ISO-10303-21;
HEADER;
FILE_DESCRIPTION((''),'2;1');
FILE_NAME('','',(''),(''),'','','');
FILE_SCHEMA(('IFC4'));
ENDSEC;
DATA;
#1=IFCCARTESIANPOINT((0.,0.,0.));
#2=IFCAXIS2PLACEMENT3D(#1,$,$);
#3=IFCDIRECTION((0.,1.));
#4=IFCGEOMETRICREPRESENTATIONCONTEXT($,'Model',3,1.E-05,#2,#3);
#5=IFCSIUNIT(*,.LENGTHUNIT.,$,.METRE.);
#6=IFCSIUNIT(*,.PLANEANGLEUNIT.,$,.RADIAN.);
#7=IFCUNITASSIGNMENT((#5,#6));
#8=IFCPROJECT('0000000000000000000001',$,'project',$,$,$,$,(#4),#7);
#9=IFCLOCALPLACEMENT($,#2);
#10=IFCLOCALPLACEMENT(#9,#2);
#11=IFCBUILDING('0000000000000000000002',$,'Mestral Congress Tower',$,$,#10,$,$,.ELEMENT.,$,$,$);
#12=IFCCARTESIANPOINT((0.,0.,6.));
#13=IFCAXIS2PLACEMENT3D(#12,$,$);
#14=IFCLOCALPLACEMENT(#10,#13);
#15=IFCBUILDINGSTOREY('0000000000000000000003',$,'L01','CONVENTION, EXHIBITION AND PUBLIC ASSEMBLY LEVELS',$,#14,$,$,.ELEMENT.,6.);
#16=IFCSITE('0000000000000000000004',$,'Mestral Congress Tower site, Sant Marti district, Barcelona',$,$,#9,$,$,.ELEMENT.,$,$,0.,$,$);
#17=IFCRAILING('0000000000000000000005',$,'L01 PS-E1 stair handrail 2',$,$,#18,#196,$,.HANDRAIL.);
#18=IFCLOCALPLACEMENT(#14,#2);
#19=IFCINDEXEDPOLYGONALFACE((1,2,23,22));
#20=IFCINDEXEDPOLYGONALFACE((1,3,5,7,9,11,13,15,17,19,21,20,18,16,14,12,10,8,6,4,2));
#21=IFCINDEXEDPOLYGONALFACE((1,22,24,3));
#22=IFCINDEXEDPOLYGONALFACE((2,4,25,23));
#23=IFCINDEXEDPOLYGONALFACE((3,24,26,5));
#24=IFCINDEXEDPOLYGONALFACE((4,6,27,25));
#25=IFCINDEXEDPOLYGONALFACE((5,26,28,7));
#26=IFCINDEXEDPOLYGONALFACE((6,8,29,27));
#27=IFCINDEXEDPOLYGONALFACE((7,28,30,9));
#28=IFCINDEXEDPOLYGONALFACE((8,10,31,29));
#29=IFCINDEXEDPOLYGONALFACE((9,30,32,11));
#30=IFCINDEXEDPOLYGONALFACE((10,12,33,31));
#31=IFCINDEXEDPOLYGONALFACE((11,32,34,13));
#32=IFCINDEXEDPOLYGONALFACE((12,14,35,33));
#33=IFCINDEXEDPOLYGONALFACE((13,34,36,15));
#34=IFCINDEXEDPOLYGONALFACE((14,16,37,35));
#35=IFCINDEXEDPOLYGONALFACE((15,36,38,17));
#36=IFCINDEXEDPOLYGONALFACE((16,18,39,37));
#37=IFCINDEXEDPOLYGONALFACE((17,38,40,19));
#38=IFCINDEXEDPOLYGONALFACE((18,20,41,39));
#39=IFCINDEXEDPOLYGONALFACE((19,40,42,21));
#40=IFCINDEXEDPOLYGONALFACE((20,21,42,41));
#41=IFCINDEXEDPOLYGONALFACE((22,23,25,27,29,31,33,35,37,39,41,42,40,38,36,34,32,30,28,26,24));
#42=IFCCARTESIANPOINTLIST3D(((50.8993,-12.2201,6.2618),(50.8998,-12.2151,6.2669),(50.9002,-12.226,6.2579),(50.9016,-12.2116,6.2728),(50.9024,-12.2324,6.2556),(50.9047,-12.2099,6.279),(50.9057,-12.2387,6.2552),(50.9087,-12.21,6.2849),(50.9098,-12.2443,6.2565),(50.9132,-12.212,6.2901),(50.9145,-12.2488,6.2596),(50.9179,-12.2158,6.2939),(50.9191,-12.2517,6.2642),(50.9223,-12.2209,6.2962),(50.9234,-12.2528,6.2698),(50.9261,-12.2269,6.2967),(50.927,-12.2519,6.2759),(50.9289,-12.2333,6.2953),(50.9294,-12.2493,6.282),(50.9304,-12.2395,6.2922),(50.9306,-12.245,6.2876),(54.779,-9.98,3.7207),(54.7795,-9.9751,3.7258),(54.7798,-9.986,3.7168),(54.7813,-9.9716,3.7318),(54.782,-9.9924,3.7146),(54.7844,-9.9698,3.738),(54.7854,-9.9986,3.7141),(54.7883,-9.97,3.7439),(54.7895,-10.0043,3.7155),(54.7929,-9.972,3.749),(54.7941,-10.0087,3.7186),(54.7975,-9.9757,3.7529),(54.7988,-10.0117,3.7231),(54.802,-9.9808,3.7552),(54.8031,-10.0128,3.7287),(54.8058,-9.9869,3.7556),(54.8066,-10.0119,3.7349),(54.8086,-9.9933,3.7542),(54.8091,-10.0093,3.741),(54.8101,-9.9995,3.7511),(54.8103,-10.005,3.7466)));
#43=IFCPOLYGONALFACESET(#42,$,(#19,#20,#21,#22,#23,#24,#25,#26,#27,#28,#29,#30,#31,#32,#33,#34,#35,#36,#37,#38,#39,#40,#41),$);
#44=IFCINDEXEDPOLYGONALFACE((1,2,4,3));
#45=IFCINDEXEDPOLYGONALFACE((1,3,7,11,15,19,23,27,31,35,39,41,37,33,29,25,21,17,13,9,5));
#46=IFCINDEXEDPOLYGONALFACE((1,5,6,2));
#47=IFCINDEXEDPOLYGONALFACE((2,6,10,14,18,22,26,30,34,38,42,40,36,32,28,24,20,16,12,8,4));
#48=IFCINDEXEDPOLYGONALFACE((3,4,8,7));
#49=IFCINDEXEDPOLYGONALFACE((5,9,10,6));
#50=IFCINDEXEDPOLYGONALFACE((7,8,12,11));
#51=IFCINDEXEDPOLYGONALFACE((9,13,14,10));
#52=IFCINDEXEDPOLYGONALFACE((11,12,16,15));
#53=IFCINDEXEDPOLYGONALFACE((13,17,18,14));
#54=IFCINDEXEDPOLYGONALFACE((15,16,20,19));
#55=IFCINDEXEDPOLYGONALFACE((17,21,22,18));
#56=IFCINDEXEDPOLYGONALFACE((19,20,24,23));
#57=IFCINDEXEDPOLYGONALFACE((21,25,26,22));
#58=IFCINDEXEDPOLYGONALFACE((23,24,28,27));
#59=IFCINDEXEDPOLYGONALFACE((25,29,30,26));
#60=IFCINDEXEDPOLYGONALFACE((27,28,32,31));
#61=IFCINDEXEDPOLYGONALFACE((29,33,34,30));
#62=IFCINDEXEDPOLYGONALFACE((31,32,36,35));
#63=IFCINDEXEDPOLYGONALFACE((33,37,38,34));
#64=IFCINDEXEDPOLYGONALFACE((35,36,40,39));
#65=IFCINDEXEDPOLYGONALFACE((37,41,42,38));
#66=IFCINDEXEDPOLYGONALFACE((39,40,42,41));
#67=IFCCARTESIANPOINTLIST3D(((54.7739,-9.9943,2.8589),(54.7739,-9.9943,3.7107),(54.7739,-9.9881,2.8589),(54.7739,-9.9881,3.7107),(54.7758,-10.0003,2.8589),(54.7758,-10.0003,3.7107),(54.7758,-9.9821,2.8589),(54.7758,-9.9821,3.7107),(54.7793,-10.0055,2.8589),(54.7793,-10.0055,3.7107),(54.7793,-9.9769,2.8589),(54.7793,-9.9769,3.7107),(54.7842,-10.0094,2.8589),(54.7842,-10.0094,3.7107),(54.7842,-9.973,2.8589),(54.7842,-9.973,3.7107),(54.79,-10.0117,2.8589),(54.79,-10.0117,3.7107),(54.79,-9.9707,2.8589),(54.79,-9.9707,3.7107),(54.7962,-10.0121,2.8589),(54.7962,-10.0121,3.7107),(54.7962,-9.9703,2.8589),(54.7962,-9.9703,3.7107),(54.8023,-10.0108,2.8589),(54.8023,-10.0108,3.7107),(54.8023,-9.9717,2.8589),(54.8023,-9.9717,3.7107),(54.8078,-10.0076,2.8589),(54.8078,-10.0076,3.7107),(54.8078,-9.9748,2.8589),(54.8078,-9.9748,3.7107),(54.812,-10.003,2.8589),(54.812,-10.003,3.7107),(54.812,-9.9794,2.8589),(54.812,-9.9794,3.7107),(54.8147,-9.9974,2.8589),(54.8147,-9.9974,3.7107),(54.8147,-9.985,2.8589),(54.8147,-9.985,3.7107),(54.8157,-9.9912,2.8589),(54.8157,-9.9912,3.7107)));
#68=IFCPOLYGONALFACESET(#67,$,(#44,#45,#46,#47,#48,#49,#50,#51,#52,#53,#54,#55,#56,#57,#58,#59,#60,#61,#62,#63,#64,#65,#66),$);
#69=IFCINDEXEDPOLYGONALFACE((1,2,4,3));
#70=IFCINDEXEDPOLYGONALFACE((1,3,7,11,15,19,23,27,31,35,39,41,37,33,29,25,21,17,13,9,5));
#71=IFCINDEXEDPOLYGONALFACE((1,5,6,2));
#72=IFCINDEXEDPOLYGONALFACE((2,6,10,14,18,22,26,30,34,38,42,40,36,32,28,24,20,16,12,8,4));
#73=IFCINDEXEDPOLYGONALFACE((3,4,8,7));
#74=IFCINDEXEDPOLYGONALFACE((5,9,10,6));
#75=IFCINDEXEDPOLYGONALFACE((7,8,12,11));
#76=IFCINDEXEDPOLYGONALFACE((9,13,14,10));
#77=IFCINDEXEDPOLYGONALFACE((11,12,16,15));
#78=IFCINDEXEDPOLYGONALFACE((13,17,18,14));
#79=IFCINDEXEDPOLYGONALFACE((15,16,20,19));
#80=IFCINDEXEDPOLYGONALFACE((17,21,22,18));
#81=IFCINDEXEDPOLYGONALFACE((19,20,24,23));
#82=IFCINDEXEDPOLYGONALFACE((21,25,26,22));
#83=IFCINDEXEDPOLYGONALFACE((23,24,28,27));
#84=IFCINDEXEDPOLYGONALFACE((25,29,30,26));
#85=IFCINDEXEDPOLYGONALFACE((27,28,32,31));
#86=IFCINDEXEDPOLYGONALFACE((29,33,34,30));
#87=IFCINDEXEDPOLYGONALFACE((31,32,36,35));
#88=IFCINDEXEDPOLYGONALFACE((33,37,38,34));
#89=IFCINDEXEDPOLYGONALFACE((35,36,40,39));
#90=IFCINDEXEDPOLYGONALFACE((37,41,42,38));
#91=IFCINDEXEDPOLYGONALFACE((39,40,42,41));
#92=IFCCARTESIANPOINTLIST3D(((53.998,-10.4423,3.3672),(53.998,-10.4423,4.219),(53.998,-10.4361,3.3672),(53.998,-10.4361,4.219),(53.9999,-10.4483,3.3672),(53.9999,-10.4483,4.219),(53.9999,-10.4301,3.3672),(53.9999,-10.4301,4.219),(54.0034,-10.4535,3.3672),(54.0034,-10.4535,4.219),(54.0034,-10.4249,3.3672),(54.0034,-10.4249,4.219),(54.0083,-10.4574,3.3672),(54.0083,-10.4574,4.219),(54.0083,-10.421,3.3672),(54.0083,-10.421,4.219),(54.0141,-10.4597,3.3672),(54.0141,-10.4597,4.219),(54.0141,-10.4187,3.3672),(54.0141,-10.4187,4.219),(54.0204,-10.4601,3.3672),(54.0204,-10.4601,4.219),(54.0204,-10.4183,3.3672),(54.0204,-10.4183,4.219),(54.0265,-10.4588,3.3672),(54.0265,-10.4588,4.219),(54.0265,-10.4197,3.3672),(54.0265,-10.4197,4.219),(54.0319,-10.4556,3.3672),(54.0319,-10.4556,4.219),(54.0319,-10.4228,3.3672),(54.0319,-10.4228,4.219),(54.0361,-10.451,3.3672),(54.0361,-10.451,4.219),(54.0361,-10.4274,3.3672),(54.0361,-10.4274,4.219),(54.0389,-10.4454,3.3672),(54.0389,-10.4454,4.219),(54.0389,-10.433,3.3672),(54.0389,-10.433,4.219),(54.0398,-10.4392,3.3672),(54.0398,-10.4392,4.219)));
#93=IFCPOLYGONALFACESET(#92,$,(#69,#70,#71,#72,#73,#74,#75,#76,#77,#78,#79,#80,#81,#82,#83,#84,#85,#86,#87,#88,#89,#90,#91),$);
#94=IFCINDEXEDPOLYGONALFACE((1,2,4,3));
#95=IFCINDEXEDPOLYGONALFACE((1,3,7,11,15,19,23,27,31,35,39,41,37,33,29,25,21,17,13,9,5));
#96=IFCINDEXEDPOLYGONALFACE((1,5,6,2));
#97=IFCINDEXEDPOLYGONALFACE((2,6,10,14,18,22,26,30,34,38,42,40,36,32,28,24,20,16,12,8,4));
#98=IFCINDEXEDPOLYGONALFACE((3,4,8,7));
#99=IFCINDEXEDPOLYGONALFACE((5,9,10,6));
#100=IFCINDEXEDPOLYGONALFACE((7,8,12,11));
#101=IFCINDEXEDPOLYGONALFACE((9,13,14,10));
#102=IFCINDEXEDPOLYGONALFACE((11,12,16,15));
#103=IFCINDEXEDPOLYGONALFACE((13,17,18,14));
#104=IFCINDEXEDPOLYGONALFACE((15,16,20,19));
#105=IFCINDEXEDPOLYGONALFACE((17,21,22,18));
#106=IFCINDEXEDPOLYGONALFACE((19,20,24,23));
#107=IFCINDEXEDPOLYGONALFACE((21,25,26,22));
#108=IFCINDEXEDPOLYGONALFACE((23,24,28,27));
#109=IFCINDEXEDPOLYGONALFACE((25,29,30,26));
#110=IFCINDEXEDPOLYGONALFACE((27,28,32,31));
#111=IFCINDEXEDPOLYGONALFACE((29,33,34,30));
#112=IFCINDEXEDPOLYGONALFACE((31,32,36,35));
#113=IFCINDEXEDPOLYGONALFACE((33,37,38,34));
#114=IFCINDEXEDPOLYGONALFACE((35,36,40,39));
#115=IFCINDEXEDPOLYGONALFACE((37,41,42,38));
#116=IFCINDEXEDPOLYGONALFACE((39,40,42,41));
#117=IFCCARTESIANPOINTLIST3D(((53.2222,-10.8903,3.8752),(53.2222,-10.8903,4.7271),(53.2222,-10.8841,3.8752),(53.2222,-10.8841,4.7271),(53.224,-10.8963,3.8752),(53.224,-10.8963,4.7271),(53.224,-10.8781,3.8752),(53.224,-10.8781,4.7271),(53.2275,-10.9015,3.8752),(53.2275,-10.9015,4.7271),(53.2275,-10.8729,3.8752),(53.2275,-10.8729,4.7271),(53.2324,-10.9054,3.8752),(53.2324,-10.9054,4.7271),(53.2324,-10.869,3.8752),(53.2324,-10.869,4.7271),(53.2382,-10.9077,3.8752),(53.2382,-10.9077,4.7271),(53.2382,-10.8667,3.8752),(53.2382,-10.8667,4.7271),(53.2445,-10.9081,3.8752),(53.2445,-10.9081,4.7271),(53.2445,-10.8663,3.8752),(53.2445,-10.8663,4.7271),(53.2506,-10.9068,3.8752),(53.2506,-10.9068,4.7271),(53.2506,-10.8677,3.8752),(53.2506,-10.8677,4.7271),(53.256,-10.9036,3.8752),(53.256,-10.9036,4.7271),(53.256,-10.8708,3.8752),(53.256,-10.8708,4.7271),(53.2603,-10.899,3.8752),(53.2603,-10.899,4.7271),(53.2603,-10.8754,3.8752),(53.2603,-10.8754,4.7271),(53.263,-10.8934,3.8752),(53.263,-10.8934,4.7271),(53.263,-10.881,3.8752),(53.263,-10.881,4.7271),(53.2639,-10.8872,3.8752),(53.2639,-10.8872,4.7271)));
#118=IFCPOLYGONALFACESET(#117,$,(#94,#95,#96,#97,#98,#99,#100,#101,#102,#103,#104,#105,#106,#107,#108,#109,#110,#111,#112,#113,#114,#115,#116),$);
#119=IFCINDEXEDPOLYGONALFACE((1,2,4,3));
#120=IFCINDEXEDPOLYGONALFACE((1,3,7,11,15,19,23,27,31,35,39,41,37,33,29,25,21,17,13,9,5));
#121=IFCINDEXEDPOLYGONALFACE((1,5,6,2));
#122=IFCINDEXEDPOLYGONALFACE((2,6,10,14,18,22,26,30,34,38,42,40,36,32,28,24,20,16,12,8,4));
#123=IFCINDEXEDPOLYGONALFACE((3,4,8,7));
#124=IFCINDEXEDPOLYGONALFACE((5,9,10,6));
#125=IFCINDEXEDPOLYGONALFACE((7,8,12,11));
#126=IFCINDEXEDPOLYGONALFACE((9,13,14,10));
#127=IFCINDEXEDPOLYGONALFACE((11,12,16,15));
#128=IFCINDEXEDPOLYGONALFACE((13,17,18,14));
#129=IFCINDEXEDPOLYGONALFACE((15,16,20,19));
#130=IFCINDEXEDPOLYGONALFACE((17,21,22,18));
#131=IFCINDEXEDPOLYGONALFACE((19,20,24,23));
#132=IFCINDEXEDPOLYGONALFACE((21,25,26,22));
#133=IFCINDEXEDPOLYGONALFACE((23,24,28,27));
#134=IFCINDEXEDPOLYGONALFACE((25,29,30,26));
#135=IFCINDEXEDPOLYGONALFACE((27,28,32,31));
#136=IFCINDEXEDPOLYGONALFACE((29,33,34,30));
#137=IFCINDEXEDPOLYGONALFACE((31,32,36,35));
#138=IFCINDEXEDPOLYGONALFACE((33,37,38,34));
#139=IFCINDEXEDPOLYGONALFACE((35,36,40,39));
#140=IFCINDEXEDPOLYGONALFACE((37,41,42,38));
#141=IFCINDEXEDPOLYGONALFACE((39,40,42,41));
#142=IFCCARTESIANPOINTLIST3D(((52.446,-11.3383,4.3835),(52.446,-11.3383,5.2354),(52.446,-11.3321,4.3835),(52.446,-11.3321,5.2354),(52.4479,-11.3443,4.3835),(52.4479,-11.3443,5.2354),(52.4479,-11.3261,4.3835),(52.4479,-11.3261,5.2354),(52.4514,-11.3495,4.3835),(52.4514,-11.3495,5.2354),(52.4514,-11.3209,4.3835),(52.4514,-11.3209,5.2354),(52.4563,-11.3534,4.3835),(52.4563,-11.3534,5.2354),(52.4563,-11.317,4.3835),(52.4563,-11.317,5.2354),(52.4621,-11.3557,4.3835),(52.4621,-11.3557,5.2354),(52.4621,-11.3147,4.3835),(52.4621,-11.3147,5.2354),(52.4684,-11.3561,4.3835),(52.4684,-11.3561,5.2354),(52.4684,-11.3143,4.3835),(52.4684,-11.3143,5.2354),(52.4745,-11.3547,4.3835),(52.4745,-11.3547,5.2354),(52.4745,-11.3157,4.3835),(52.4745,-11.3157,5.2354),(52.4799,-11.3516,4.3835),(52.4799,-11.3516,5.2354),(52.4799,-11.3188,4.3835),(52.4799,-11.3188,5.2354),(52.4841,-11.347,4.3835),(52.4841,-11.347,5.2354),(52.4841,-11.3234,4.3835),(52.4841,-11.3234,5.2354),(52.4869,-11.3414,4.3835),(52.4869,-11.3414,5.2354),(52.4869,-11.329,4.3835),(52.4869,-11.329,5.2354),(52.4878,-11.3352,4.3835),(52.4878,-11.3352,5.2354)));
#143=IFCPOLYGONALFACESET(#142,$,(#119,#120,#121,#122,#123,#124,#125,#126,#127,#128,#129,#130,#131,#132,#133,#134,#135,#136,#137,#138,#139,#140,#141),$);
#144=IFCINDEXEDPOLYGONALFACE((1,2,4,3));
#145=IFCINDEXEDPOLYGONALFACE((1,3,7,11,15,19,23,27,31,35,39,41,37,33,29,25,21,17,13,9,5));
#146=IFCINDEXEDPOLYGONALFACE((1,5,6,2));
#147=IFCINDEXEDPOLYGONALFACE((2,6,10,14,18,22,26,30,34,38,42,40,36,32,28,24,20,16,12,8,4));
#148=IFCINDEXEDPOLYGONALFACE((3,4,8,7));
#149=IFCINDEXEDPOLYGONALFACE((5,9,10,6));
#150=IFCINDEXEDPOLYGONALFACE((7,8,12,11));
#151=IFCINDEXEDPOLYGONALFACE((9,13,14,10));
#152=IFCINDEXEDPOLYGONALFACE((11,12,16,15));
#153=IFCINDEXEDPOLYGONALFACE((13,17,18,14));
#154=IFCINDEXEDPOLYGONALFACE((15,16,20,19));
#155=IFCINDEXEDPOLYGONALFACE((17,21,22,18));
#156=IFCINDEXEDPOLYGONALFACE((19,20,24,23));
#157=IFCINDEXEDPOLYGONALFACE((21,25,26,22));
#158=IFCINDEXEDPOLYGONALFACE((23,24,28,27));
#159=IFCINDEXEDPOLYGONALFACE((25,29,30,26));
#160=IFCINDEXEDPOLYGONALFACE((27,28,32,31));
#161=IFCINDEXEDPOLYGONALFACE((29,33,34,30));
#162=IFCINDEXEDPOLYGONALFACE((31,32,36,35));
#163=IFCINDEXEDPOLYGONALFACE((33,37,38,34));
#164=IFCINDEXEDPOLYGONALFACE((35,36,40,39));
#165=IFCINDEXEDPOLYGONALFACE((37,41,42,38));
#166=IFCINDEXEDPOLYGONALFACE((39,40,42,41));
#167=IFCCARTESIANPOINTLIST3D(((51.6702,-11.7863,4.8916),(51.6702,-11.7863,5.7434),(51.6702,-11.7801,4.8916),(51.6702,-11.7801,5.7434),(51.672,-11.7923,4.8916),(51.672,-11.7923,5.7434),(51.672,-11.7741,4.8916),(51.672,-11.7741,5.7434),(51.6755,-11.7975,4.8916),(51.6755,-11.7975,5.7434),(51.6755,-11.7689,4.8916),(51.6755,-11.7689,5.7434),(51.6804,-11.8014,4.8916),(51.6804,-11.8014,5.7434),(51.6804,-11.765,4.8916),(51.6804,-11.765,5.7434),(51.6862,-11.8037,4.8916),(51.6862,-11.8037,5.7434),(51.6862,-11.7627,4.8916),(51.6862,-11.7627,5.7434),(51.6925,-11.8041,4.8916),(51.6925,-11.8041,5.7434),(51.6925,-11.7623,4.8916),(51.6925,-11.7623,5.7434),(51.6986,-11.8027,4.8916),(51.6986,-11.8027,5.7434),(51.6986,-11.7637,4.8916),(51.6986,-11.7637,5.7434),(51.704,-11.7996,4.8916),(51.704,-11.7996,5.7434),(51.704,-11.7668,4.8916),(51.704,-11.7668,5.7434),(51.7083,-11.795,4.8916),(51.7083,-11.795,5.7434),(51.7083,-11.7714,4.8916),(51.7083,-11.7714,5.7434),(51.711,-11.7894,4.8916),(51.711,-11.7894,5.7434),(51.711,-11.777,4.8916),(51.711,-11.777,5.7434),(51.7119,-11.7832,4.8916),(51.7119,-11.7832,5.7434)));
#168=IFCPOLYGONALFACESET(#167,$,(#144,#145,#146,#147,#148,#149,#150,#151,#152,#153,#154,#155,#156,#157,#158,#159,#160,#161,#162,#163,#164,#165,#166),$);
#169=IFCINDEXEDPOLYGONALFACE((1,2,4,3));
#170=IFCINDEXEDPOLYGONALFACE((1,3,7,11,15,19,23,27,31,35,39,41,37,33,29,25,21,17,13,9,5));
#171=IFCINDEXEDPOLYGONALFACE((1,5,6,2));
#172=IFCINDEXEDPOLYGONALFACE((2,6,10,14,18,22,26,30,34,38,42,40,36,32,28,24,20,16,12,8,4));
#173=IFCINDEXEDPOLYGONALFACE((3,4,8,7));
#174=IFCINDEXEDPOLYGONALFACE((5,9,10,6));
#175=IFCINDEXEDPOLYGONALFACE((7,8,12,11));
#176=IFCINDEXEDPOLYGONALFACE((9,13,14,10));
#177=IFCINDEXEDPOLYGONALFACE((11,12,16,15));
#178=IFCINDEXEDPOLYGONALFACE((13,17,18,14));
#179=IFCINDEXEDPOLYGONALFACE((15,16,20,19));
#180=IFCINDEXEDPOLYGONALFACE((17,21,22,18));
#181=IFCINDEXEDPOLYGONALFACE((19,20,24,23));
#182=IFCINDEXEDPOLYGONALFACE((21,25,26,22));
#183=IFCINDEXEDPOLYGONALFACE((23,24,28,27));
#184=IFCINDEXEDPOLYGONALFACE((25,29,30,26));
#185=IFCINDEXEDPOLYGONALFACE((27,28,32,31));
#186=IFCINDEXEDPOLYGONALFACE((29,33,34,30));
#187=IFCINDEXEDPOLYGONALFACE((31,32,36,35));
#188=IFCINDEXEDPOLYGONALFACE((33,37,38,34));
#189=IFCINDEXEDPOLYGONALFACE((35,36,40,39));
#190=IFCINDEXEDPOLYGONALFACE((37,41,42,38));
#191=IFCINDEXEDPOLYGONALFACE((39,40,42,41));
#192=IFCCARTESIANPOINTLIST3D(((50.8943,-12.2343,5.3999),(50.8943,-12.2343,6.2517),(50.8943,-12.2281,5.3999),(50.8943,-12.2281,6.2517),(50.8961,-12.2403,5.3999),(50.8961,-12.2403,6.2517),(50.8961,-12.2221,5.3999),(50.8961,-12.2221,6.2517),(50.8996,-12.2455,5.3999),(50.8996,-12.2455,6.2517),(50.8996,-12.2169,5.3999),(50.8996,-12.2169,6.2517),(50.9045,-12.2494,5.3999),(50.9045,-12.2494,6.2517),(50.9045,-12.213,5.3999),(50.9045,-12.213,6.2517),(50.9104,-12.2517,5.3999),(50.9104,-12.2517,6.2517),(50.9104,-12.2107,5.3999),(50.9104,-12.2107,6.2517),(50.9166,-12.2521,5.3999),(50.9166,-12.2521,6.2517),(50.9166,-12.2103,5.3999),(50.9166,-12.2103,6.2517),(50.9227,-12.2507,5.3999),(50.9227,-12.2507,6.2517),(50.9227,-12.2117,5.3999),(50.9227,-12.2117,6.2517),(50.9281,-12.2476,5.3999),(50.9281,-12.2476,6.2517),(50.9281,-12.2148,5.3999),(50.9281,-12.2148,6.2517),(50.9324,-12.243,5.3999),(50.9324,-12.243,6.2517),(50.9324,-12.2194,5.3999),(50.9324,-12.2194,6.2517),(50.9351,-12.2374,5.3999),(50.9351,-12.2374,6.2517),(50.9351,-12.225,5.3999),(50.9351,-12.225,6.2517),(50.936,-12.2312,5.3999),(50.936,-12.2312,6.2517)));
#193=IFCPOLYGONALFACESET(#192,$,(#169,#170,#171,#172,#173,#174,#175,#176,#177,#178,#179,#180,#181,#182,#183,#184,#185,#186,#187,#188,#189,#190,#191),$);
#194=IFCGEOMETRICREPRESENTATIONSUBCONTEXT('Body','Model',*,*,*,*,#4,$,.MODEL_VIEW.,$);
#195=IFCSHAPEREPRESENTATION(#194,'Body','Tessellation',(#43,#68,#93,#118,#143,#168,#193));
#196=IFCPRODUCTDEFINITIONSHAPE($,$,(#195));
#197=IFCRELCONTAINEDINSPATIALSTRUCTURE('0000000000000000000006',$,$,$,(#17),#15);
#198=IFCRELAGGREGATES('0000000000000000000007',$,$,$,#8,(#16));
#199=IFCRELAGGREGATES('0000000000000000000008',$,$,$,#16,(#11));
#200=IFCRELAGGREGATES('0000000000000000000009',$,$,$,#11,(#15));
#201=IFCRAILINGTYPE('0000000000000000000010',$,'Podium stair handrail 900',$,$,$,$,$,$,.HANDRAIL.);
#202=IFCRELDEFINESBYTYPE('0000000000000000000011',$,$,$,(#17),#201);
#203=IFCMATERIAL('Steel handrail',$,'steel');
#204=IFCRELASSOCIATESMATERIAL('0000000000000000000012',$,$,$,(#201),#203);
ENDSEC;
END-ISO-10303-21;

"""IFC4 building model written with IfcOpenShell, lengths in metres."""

from ifc_helpers import new_model, si_unit, direction, frame, origin, origin_2d, place, context, subcontext, project, spatial, circle, extrude, material, type_object, element, save


model = new_model("IFC4")

# Units and contexts
model_context = context("Model", 3, precision=1e-05, world=origin(), true_north=direction((0.0, 1.0)))
body_context = subcontext(model_context, "Body", "Model", "MODEL_VIEW")
ifc_project = project(units=[si_unit("LENGTHUNIT", "METRE"), si_unit("PLANEANGLEUNIT", "RADIAN")], contexts=[model_context])

# Site, building, storey
site_placement = place(None, origin())
site = spatial("IfcSite", under=ifc_project, at=site_placement, Name="Mestral Congress Tower site, Sant Marti district, Barcelona", CompositionType="ELEMENT", RefElevation=0.0)
building_placement = place(site_placement, origin())
building = spatial("IfcBuilding", under=site, at=building_placement, Name="Mestral Congress Tower", CompositionType="ELEMENT")
storey_placement = place(building_placement, frame((0.0, 0.0, 6.0)))
storey = spatial("IfcBuildingStorey", under=building, at=storey_placement, Name="L01", Description="CONVENTION, EXHIBITION AND PUBLIC ASSEMBLY LEVELS", CompositionType="ELEMENT", Elevation=6.0)

# Railing
ifc_material_1 = material(Name="Steel handrail", Category="steel")
railing_type_1 = type_object("IfcRailingType", Name="Podium stair handrail 900", PredefinedType="HANDRAIL", material=ifc_material_1)
railing_1_placement = place(storey_placement, frame((54.7947, -9.9912, 2.8589)))
element("IfcRailing", 1, at=railing_1_placement, inside=storey, type_object=railing_type_1, Name="L01 PS-E1 stair handrail 2", PredefinedType="HANDRAIL", context=body_context, shape_type="SweptSolid", body=[
    extrude(circle(Radius=0.0239, at=origin_2d()), frame((0.0, 0.0, 0.876), z_axis=(-0.753279, -0.434922, 0.493369), x_axis=(0.500013, -0.866018, 0.0)), (0.0, 0.0, 1.0), 5.1504),
    extrude(circle(Radius=0.021, at=origin_2d()), origin(), (0.0, 0.0, 1.0), 0.8518),
    extrude(circle(Radius=0.021, at=origin_2d()), frame((-0.7759, -0.448, 0.5083)), (0.0, 0.0, 1.0), 0.8518),
    extrude(circle(Radius=0.021, at=origin_2d()), frame((-1.5518, -0.896, 1.0164)), (0.0, 0.0, 1.0), 0.8518),
    extrude(circle(Radius=0.021, at=origin_2d()), frame((-2.3279, -1.344, 1.5247)), (0.0, 0.0, 1.0), 0.8518),
    extrude(circle(Radius=0.021, at=origin_2d()), frame((-3.1038, -1.792, 2.0327)), (0.0, 0.0, 1.0), 0.8518),
    extrude(circle(Radius=0.021, at=origin_2d()), frame((-3.8796, -2.24, 2.541)), (0.0, 0.0, 1.0), 0.8518),
])

save(model, "model.ifc")
